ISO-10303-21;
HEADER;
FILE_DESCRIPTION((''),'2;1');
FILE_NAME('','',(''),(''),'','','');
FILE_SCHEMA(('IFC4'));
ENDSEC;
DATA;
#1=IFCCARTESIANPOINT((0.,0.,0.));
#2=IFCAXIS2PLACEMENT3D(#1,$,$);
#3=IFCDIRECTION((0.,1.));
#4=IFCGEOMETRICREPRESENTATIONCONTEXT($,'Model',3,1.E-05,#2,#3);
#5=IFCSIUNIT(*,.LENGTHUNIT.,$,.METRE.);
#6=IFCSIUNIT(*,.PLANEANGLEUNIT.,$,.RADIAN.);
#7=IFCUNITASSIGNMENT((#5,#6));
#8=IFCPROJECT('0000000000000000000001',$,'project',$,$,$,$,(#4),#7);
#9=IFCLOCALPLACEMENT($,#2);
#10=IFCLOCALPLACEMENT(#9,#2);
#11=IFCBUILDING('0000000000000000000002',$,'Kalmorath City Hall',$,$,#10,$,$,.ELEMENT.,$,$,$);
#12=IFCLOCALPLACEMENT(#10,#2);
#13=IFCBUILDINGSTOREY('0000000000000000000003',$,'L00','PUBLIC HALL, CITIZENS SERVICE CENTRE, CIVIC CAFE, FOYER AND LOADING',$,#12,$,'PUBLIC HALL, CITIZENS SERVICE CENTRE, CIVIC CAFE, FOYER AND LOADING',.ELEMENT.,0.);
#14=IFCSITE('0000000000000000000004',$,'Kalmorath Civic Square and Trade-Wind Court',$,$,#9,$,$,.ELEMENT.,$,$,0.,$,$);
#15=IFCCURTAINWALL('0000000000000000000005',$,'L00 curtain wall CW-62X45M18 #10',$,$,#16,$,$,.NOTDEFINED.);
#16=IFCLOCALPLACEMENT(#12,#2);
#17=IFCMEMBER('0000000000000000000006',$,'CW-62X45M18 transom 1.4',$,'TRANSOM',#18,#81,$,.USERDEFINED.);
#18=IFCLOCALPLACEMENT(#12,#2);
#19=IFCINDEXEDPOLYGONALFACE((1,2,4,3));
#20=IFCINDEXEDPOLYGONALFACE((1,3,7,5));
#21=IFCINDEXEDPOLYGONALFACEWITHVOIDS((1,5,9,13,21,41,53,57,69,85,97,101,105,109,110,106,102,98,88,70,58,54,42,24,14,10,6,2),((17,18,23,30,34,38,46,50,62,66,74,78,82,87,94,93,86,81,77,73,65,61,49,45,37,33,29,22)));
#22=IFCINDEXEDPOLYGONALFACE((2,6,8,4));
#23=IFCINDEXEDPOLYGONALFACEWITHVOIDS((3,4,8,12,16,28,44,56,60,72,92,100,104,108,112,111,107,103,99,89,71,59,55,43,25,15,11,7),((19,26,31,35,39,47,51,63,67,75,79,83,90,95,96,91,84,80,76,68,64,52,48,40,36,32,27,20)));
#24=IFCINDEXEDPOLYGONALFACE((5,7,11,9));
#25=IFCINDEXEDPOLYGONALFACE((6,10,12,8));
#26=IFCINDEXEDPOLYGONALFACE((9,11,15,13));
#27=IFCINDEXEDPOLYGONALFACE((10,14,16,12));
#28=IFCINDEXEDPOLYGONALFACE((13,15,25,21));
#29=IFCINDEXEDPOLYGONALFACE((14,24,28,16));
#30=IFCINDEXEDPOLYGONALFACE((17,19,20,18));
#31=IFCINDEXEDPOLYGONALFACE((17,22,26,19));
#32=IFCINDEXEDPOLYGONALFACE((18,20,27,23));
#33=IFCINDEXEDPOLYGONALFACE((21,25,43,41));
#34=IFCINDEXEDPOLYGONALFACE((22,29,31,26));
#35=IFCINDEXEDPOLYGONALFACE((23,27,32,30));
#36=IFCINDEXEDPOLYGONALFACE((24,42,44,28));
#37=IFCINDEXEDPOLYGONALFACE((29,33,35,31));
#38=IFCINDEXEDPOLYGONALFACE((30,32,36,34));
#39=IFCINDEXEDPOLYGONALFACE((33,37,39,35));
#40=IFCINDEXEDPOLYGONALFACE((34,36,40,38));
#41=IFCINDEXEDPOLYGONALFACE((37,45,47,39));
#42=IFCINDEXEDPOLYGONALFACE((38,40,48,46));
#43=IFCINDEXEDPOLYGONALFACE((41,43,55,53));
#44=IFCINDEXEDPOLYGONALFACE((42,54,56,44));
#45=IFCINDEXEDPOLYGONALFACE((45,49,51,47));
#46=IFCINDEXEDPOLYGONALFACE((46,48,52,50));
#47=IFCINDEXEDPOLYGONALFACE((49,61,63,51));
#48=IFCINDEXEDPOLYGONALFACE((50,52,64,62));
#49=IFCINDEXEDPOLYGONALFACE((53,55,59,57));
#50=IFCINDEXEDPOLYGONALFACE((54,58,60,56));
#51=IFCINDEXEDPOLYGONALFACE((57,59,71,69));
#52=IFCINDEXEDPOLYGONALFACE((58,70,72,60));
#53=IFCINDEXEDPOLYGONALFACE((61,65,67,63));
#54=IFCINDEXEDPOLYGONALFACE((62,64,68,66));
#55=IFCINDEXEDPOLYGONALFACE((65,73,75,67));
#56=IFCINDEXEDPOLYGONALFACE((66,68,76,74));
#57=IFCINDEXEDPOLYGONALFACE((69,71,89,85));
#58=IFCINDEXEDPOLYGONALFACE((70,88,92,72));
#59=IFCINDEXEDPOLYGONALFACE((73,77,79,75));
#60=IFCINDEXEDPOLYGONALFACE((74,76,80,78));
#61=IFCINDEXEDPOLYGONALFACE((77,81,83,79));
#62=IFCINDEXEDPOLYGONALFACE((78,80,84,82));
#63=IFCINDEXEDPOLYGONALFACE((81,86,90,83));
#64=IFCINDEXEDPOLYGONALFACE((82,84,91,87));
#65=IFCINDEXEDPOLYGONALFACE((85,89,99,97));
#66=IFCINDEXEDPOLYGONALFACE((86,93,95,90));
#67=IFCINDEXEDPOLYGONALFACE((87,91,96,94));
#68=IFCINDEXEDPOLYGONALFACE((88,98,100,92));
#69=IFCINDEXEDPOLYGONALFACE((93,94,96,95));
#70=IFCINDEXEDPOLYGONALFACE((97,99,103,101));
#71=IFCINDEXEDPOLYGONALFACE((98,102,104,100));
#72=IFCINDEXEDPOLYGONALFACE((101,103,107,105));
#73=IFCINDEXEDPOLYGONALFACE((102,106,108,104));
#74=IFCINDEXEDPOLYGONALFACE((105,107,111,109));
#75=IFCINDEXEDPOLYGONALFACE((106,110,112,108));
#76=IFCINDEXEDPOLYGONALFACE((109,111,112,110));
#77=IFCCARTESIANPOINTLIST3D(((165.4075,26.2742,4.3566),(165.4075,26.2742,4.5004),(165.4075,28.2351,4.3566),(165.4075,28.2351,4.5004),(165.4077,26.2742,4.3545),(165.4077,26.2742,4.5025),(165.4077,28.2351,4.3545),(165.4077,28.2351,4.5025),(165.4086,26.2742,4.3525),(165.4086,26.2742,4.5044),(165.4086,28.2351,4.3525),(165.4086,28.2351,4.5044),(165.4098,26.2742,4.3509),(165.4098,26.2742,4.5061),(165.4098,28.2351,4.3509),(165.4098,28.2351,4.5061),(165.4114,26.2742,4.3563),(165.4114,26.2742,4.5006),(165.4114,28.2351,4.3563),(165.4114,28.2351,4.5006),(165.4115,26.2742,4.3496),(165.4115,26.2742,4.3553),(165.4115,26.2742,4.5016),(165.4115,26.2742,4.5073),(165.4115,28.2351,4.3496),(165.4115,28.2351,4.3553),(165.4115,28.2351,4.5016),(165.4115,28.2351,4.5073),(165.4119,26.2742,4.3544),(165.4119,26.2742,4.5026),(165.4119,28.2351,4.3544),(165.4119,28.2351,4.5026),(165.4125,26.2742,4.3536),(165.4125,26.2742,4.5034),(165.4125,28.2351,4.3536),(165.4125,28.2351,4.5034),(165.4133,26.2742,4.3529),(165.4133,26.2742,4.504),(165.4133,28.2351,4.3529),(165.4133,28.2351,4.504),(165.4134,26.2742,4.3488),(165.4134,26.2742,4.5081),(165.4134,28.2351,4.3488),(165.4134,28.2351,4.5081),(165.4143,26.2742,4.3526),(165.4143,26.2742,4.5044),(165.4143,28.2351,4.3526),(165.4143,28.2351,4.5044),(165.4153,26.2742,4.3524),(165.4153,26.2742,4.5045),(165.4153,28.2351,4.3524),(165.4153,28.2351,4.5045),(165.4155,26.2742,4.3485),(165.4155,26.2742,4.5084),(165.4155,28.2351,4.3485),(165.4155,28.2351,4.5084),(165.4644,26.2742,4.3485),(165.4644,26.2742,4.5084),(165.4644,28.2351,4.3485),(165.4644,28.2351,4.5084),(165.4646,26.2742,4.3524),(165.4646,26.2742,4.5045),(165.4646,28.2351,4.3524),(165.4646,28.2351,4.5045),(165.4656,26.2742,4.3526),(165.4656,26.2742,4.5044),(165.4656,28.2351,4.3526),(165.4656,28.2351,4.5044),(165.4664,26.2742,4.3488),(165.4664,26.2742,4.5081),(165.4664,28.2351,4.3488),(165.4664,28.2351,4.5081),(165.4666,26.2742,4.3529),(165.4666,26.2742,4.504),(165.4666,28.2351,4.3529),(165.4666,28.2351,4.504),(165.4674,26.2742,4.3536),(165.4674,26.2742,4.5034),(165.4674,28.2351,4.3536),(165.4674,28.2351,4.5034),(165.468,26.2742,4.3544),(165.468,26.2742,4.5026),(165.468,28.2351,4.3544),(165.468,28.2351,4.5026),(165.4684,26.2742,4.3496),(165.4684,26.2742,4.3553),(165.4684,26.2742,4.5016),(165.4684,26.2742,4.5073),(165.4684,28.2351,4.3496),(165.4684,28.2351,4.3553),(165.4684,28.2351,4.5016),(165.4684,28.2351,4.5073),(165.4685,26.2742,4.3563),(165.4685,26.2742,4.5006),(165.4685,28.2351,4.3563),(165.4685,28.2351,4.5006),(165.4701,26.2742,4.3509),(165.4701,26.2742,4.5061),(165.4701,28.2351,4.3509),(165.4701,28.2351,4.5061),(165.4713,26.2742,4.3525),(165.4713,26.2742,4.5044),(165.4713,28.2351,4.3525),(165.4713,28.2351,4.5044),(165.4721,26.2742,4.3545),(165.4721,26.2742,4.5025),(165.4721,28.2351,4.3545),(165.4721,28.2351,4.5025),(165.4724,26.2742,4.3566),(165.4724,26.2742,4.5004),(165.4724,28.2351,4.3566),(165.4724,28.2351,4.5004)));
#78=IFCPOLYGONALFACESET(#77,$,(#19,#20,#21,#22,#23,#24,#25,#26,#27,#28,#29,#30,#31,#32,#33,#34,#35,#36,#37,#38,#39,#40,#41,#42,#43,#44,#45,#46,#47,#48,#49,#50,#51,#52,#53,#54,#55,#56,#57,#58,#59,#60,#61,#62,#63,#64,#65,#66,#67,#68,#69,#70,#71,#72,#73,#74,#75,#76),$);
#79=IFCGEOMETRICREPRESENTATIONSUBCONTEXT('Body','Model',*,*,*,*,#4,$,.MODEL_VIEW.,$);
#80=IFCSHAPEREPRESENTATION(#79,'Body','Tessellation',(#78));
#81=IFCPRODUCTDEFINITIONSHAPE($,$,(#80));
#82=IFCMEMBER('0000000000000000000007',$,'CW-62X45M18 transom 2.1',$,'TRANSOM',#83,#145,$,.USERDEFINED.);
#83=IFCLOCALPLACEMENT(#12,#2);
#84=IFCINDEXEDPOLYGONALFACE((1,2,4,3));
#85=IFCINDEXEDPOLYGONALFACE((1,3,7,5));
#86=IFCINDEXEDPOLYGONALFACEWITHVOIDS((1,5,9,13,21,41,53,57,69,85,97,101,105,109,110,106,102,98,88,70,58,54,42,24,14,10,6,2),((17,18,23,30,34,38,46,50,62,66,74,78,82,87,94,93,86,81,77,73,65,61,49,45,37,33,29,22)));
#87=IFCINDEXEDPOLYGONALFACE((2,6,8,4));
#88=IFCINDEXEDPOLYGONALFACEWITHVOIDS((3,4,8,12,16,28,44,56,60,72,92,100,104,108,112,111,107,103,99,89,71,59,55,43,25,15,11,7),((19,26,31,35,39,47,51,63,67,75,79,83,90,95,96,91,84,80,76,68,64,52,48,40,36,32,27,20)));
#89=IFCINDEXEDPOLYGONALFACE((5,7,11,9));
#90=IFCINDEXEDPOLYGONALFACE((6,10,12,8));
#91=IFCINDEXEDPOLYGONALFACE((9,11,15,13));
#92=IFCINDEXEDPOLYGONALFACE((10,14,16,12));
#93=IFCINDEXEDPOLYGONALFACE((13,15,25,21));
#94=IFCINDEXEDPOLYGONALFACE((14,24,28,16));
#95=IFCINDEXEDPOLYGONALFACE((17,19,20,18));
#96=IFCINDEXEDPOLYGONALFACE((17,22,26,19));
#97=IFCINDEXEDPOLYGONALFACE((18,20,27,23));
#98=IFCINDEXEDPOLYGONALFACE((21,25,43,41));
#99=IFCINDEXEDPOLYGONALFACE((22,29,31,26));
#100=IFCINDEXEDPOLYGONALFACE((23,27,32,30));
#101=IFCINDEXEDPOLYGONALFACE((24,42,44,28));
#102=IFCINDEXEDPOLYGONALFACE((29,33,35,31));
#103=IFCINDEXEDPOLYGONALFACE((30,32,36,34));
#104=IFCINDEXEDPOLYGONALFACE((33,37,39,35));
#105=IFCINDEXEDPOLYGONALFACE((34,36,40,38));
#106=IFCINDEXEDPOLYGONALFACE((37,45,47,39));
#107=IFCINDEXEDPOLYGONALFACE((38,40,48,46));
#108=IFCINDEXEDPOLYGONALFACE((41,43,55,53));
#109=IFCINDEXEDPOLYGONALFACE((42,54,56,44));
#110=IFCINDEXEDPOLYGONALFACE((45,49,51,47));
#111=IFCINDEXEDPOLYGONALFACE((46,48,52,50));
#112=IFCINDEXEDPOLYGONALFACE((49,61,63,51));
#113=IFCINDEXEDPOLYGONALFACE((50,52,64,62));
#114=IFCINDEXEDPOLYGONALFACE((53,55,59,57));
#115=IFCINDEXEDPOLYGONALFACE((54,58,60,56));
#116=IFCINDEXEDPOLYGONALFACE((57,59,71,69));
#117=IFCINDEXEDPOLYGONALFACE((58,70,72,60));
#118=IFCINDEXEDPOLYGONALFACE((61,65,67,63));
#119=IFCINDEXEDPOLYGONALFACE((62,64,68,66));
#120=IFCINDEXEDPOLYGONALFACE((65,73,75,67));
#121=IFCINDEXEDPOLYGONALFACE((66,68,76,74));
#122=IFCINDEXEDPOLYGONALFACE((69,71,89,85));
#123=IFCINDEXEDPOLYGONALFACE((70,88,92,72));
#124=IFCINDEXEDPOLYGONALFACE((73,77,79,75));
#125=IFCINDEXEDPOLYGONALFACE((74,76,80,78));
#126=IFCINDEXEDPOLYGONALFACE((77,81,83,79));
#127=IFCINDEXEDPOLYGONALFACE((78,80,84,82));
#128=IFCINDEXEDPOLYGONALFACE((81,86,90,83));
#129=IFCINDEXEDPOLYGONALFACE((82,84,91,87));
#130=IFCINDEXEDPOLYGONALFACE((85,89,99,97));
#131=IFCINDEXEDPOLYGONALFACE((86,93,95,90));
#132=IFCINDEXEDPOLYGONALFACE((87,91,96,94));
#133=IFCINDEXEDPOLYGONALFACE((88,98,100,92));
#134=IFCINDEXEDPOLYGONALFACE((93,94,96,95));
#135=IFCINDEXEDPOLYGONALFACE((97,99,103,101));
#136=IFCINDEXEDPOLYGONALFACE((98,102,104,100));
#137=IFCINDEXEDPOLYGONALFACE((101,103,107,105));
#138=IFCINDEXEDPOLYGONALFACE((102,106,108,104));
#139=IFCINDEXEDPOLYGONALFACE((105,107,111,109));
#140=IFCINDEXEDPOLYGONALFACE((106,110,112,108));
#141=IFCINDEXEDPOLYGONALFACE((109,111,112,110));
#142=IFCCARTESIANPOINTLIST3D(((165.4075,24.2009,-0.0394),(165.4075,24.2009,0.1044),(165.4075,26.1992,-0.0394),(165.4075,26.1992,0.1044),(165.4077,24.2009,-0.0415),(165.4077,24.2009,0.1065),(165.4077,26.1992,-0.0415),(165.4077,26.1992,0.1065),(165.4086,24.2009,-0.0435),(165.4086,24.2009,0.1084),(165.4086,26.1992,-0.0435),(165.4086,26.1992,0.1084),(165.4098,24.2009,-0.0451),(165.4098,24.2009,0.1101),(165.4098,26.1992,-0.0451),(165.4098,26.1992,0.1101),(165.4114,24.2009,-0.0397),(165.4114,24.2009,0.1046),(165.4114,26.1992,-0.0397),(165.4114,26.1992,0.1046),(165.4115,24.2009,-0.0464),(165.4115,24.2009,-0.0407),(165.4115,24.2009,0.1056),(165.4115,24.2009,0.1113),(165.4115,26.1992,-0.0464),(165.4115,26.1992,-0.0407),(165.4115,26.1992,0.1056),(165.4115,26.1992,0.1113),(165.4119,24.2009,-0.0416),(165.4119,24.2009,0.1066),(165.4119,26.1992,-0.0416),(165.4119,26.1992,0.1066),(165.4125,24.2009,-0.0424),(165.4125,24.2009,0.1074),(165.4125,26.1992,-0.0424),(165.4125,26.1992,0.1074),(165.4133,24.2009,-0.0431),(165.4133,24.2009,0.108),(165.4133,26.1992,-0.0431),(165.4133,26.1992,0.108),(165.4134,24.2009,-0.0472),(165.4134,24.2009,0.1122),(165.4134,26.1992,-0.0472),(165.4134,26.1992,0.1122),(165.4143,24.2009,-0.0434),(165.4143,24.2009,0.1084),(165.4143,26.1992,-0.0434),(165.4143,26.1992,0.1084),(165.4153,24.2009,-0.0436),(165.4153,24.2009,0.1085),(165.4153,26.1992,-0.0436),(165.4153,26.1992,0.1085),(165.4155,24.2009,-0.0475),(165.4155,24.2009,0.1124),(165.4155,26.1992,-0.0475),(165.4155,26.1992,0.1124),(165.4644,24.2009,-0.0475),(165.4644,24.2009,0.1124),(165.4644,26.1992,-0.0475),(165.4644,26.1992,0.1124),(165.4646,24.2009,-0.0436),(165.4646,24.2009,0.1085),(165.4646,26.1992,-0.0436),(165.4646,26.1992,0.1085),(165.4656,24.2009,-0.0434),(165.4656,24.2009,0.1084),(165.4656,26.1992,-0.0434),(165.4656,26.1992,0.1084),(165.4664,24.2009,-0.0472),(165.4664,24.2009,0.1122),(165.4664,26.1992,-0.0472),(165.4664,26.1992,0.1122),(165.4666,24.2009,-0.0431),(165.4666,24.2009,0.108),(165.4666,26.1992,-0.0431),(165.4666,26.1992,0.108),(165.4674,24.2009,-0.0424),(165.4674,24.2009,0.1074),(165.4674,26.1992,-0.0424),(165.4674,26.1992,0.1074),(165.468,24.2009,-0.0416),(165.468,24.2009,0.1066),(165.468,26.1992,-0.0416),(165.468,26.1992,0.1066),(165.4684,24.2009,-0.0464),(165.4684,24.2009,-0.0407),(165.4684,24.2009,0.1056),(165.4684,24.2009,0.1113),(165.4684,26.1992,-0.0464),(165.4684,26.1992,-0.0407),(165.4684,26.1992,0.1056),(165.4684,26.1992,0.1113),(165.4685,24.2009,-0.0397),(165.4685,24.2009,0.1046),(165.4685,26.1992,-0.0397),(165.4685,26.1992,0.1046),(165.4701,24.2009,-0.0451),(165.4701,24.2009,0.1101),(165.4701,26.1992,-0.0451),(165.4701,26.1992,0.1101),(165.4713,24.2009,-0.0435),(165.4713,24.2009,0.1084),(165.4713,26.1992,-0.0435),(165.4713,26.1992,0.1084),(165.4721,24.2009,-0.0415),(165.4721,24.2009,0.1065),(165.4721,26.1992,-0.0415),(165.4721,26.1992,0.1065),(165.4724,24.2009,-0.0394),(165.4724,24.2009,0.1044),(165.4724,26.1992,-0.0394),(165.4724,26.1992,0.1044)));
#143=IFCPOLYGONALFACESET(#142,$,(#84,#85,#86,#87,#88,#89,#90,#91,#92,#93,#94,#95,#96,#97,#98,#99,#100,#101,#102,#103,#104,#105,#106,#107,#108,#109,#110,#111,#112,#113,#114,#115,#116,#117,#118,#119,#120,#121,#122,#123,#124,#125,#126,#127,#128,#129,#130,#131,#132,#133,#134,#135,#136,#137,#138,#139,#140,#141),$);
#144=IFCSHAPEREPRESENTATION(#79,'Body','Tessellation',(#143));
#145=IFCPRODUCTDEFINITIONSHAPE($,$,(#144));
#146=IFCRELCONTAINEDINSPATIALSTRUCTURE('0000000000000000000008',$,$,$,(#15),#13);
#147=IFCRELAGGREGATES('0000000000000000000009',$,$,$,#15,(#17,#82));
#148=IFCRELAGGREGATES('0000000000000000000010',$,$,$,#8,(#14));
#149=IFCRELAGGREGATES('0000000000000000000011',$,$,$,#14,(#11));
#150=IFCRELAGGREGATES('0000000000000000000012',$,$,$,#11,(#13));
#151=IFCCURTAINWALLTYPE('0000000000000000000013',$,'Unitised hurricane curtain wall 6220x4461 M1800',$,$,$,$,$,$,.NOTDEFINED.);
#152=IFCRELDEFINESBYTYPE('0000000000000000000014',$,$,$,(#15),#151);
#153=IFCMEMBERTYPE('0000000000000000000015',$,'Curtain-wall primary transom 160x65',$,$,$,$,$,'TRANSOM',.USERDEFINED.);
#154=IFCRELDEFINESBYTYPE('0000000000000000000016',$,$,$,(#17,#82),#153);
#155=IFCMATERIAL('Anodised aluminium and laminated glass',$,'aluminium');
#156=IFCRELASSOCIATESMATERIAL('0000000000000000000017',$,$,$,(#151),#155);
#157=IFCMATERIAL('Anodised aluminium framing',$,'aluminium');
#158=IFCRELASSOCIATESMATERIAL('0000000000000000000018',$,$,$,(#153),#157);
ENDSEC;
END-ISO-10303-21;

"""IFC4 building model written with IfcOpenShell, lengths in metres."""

from ifc_helpers import new_model, si_unit, direction, frame, origin, origin_2d, place, context, subcontext, project, spatial, hollow_rectangle, extrude, material, material_profile, profile_set, type_object, element, aggregate, save


model = new_model("IFC4")

# Units and contexts
model_context = context("Model", 3, precision=1e-05, world=origin(), true_north=direction((0.0, 1.0)))
body_context = subcontext(model_context, "Body", "Model", "MODEL_VIEW")
ifc_project = project(units=[si_unit("LENGTHUNIT", "METRE"), si_unit("PLANEANGLEUNIT", "RADIAN")], contexts=[model_context])

# Site, building, storey
site_placement = place(None, origin())
site = spatial("IfcSite", under=ifc_project, at=site_placement, Name="Kalmorath Civic Square and Trade-Wind Court", CompositionType="ELEMENT", RefElevation=0.0)
building_placement = place(site_placement, origin())
building = spatial("IfcBuilding", under=site, at=building_placement, Name="Kalmorath City Hall", CompositionType="ELEMENT")
storey_placement = place(building_placement, origin())
storey = spatial("IfcBuildingStorey", under=building, at=storey_placement, Name="L00", Description="PUBLIC HALL, CITIZENS SERVICE CENTRE, CIVIC CAFE, FOYER AND LOADING", LongName="PUBLIC HALL, CITIZENS SERVICE CENTRE, CIVIC CAFE, FOYER AND LOADING", CompositionType="ELEMENT", Elevation=0.0)

# Curtain wall, members
ifc_material_1 = material(Name="Anodised aluminium and laminated glass", Category="aluminium")
curtain_wall_type = type_object("IfcCurtainWallType", Name="Unitised hurricane curtain wall 6220x4461 M1800", PredefinedType="NOTDEFINED", material=ifc_material_1)
curtain_wall_placement = place(storey_placement, origin())
curtain_wall = element("IfcCurtainWall", 1, at=curtain_wall_placement, inside=storey, type_object=curtain_wall_type, Name="L00 curtain wall CW-62X45M18 #10", PredefinedType="NOTDEFINED")
ifc_material_2 = material(Name="Anodised aluminium framing", Category="aluminium")
ifc_material_profile_1 = material_profile(ifc_material_2, hollow_rectangle(XDim=0.0649, YDim=0.1599, WallThickness=0.0039, InnerFilletRadius=0.0039, OuterFilletRadius=0.0081, at=origin_2d()), Name="ALU-TRN-160X65X4")
ifc_profile_set_1 = profile_set([ifc_material_profile_1], Name="Anodised aluminium framing")
member_type_1 = type_object("IfcMemberType", Name="Curtain-wall primary transom 160x65", ElementType="TRANSOM", PredefinedType="USERDEFINED", material=ifc_profile_set_1)
member_1_placement = place(storey_placement, frame((165.4399, 28.2351, 4.4285), z_axis=(0.0, -1.0, 0.0), x_axis=(1.0, 0.0, 0.0)))
member_1 = element("IfcMember", 2, at=member_1_placement, type_object=member_type_1, Name="CW-62X45M18 transom 1.4", ObjectType="TRANSOM", PredefinedType="USERDEFINED", context=body_context, shape_type="SweptSolid", body=[
    extrude(hollow_rectangle(XDim=0.0649, YDim=0.1599, WallThickness=0.0039, InnerFilletRadius=0.0039, OuterFilletRadius=0.0081, at=origin_2d()), origin(), (0.0, 0.0, 1.0), 1.9609),
])
member_2_placement = place(storey_placement, frame((165.4399, 26.1992, 0.0325), z_axis=(0.0, -1.0, 0.0), x_axis=(1.0, 0.0, 0.0)))
member_2 = element("IfcMember", 3, at=member_2_placement, type_object=member_type_1, Name="CW-62X45M18 transom 2.1", ObjectType="TRANSOM", PredefinedType="USERDEFINED", context=body_context, shape_type="SweptSolid", body=[
    extrude(hollow_rectangle(XDim=0.0649, YDim=0.1599, WallThickness=0.0039, InnerFilletRadius=0.0039, OuterFilletRadius=0.0081, at=origin_2d()), origin(), (0.0, 0.0, 1.0), 1.9983),
])
aggregate(curtain_wall, [member_1, member_2])

save(model, "model.ifc")
